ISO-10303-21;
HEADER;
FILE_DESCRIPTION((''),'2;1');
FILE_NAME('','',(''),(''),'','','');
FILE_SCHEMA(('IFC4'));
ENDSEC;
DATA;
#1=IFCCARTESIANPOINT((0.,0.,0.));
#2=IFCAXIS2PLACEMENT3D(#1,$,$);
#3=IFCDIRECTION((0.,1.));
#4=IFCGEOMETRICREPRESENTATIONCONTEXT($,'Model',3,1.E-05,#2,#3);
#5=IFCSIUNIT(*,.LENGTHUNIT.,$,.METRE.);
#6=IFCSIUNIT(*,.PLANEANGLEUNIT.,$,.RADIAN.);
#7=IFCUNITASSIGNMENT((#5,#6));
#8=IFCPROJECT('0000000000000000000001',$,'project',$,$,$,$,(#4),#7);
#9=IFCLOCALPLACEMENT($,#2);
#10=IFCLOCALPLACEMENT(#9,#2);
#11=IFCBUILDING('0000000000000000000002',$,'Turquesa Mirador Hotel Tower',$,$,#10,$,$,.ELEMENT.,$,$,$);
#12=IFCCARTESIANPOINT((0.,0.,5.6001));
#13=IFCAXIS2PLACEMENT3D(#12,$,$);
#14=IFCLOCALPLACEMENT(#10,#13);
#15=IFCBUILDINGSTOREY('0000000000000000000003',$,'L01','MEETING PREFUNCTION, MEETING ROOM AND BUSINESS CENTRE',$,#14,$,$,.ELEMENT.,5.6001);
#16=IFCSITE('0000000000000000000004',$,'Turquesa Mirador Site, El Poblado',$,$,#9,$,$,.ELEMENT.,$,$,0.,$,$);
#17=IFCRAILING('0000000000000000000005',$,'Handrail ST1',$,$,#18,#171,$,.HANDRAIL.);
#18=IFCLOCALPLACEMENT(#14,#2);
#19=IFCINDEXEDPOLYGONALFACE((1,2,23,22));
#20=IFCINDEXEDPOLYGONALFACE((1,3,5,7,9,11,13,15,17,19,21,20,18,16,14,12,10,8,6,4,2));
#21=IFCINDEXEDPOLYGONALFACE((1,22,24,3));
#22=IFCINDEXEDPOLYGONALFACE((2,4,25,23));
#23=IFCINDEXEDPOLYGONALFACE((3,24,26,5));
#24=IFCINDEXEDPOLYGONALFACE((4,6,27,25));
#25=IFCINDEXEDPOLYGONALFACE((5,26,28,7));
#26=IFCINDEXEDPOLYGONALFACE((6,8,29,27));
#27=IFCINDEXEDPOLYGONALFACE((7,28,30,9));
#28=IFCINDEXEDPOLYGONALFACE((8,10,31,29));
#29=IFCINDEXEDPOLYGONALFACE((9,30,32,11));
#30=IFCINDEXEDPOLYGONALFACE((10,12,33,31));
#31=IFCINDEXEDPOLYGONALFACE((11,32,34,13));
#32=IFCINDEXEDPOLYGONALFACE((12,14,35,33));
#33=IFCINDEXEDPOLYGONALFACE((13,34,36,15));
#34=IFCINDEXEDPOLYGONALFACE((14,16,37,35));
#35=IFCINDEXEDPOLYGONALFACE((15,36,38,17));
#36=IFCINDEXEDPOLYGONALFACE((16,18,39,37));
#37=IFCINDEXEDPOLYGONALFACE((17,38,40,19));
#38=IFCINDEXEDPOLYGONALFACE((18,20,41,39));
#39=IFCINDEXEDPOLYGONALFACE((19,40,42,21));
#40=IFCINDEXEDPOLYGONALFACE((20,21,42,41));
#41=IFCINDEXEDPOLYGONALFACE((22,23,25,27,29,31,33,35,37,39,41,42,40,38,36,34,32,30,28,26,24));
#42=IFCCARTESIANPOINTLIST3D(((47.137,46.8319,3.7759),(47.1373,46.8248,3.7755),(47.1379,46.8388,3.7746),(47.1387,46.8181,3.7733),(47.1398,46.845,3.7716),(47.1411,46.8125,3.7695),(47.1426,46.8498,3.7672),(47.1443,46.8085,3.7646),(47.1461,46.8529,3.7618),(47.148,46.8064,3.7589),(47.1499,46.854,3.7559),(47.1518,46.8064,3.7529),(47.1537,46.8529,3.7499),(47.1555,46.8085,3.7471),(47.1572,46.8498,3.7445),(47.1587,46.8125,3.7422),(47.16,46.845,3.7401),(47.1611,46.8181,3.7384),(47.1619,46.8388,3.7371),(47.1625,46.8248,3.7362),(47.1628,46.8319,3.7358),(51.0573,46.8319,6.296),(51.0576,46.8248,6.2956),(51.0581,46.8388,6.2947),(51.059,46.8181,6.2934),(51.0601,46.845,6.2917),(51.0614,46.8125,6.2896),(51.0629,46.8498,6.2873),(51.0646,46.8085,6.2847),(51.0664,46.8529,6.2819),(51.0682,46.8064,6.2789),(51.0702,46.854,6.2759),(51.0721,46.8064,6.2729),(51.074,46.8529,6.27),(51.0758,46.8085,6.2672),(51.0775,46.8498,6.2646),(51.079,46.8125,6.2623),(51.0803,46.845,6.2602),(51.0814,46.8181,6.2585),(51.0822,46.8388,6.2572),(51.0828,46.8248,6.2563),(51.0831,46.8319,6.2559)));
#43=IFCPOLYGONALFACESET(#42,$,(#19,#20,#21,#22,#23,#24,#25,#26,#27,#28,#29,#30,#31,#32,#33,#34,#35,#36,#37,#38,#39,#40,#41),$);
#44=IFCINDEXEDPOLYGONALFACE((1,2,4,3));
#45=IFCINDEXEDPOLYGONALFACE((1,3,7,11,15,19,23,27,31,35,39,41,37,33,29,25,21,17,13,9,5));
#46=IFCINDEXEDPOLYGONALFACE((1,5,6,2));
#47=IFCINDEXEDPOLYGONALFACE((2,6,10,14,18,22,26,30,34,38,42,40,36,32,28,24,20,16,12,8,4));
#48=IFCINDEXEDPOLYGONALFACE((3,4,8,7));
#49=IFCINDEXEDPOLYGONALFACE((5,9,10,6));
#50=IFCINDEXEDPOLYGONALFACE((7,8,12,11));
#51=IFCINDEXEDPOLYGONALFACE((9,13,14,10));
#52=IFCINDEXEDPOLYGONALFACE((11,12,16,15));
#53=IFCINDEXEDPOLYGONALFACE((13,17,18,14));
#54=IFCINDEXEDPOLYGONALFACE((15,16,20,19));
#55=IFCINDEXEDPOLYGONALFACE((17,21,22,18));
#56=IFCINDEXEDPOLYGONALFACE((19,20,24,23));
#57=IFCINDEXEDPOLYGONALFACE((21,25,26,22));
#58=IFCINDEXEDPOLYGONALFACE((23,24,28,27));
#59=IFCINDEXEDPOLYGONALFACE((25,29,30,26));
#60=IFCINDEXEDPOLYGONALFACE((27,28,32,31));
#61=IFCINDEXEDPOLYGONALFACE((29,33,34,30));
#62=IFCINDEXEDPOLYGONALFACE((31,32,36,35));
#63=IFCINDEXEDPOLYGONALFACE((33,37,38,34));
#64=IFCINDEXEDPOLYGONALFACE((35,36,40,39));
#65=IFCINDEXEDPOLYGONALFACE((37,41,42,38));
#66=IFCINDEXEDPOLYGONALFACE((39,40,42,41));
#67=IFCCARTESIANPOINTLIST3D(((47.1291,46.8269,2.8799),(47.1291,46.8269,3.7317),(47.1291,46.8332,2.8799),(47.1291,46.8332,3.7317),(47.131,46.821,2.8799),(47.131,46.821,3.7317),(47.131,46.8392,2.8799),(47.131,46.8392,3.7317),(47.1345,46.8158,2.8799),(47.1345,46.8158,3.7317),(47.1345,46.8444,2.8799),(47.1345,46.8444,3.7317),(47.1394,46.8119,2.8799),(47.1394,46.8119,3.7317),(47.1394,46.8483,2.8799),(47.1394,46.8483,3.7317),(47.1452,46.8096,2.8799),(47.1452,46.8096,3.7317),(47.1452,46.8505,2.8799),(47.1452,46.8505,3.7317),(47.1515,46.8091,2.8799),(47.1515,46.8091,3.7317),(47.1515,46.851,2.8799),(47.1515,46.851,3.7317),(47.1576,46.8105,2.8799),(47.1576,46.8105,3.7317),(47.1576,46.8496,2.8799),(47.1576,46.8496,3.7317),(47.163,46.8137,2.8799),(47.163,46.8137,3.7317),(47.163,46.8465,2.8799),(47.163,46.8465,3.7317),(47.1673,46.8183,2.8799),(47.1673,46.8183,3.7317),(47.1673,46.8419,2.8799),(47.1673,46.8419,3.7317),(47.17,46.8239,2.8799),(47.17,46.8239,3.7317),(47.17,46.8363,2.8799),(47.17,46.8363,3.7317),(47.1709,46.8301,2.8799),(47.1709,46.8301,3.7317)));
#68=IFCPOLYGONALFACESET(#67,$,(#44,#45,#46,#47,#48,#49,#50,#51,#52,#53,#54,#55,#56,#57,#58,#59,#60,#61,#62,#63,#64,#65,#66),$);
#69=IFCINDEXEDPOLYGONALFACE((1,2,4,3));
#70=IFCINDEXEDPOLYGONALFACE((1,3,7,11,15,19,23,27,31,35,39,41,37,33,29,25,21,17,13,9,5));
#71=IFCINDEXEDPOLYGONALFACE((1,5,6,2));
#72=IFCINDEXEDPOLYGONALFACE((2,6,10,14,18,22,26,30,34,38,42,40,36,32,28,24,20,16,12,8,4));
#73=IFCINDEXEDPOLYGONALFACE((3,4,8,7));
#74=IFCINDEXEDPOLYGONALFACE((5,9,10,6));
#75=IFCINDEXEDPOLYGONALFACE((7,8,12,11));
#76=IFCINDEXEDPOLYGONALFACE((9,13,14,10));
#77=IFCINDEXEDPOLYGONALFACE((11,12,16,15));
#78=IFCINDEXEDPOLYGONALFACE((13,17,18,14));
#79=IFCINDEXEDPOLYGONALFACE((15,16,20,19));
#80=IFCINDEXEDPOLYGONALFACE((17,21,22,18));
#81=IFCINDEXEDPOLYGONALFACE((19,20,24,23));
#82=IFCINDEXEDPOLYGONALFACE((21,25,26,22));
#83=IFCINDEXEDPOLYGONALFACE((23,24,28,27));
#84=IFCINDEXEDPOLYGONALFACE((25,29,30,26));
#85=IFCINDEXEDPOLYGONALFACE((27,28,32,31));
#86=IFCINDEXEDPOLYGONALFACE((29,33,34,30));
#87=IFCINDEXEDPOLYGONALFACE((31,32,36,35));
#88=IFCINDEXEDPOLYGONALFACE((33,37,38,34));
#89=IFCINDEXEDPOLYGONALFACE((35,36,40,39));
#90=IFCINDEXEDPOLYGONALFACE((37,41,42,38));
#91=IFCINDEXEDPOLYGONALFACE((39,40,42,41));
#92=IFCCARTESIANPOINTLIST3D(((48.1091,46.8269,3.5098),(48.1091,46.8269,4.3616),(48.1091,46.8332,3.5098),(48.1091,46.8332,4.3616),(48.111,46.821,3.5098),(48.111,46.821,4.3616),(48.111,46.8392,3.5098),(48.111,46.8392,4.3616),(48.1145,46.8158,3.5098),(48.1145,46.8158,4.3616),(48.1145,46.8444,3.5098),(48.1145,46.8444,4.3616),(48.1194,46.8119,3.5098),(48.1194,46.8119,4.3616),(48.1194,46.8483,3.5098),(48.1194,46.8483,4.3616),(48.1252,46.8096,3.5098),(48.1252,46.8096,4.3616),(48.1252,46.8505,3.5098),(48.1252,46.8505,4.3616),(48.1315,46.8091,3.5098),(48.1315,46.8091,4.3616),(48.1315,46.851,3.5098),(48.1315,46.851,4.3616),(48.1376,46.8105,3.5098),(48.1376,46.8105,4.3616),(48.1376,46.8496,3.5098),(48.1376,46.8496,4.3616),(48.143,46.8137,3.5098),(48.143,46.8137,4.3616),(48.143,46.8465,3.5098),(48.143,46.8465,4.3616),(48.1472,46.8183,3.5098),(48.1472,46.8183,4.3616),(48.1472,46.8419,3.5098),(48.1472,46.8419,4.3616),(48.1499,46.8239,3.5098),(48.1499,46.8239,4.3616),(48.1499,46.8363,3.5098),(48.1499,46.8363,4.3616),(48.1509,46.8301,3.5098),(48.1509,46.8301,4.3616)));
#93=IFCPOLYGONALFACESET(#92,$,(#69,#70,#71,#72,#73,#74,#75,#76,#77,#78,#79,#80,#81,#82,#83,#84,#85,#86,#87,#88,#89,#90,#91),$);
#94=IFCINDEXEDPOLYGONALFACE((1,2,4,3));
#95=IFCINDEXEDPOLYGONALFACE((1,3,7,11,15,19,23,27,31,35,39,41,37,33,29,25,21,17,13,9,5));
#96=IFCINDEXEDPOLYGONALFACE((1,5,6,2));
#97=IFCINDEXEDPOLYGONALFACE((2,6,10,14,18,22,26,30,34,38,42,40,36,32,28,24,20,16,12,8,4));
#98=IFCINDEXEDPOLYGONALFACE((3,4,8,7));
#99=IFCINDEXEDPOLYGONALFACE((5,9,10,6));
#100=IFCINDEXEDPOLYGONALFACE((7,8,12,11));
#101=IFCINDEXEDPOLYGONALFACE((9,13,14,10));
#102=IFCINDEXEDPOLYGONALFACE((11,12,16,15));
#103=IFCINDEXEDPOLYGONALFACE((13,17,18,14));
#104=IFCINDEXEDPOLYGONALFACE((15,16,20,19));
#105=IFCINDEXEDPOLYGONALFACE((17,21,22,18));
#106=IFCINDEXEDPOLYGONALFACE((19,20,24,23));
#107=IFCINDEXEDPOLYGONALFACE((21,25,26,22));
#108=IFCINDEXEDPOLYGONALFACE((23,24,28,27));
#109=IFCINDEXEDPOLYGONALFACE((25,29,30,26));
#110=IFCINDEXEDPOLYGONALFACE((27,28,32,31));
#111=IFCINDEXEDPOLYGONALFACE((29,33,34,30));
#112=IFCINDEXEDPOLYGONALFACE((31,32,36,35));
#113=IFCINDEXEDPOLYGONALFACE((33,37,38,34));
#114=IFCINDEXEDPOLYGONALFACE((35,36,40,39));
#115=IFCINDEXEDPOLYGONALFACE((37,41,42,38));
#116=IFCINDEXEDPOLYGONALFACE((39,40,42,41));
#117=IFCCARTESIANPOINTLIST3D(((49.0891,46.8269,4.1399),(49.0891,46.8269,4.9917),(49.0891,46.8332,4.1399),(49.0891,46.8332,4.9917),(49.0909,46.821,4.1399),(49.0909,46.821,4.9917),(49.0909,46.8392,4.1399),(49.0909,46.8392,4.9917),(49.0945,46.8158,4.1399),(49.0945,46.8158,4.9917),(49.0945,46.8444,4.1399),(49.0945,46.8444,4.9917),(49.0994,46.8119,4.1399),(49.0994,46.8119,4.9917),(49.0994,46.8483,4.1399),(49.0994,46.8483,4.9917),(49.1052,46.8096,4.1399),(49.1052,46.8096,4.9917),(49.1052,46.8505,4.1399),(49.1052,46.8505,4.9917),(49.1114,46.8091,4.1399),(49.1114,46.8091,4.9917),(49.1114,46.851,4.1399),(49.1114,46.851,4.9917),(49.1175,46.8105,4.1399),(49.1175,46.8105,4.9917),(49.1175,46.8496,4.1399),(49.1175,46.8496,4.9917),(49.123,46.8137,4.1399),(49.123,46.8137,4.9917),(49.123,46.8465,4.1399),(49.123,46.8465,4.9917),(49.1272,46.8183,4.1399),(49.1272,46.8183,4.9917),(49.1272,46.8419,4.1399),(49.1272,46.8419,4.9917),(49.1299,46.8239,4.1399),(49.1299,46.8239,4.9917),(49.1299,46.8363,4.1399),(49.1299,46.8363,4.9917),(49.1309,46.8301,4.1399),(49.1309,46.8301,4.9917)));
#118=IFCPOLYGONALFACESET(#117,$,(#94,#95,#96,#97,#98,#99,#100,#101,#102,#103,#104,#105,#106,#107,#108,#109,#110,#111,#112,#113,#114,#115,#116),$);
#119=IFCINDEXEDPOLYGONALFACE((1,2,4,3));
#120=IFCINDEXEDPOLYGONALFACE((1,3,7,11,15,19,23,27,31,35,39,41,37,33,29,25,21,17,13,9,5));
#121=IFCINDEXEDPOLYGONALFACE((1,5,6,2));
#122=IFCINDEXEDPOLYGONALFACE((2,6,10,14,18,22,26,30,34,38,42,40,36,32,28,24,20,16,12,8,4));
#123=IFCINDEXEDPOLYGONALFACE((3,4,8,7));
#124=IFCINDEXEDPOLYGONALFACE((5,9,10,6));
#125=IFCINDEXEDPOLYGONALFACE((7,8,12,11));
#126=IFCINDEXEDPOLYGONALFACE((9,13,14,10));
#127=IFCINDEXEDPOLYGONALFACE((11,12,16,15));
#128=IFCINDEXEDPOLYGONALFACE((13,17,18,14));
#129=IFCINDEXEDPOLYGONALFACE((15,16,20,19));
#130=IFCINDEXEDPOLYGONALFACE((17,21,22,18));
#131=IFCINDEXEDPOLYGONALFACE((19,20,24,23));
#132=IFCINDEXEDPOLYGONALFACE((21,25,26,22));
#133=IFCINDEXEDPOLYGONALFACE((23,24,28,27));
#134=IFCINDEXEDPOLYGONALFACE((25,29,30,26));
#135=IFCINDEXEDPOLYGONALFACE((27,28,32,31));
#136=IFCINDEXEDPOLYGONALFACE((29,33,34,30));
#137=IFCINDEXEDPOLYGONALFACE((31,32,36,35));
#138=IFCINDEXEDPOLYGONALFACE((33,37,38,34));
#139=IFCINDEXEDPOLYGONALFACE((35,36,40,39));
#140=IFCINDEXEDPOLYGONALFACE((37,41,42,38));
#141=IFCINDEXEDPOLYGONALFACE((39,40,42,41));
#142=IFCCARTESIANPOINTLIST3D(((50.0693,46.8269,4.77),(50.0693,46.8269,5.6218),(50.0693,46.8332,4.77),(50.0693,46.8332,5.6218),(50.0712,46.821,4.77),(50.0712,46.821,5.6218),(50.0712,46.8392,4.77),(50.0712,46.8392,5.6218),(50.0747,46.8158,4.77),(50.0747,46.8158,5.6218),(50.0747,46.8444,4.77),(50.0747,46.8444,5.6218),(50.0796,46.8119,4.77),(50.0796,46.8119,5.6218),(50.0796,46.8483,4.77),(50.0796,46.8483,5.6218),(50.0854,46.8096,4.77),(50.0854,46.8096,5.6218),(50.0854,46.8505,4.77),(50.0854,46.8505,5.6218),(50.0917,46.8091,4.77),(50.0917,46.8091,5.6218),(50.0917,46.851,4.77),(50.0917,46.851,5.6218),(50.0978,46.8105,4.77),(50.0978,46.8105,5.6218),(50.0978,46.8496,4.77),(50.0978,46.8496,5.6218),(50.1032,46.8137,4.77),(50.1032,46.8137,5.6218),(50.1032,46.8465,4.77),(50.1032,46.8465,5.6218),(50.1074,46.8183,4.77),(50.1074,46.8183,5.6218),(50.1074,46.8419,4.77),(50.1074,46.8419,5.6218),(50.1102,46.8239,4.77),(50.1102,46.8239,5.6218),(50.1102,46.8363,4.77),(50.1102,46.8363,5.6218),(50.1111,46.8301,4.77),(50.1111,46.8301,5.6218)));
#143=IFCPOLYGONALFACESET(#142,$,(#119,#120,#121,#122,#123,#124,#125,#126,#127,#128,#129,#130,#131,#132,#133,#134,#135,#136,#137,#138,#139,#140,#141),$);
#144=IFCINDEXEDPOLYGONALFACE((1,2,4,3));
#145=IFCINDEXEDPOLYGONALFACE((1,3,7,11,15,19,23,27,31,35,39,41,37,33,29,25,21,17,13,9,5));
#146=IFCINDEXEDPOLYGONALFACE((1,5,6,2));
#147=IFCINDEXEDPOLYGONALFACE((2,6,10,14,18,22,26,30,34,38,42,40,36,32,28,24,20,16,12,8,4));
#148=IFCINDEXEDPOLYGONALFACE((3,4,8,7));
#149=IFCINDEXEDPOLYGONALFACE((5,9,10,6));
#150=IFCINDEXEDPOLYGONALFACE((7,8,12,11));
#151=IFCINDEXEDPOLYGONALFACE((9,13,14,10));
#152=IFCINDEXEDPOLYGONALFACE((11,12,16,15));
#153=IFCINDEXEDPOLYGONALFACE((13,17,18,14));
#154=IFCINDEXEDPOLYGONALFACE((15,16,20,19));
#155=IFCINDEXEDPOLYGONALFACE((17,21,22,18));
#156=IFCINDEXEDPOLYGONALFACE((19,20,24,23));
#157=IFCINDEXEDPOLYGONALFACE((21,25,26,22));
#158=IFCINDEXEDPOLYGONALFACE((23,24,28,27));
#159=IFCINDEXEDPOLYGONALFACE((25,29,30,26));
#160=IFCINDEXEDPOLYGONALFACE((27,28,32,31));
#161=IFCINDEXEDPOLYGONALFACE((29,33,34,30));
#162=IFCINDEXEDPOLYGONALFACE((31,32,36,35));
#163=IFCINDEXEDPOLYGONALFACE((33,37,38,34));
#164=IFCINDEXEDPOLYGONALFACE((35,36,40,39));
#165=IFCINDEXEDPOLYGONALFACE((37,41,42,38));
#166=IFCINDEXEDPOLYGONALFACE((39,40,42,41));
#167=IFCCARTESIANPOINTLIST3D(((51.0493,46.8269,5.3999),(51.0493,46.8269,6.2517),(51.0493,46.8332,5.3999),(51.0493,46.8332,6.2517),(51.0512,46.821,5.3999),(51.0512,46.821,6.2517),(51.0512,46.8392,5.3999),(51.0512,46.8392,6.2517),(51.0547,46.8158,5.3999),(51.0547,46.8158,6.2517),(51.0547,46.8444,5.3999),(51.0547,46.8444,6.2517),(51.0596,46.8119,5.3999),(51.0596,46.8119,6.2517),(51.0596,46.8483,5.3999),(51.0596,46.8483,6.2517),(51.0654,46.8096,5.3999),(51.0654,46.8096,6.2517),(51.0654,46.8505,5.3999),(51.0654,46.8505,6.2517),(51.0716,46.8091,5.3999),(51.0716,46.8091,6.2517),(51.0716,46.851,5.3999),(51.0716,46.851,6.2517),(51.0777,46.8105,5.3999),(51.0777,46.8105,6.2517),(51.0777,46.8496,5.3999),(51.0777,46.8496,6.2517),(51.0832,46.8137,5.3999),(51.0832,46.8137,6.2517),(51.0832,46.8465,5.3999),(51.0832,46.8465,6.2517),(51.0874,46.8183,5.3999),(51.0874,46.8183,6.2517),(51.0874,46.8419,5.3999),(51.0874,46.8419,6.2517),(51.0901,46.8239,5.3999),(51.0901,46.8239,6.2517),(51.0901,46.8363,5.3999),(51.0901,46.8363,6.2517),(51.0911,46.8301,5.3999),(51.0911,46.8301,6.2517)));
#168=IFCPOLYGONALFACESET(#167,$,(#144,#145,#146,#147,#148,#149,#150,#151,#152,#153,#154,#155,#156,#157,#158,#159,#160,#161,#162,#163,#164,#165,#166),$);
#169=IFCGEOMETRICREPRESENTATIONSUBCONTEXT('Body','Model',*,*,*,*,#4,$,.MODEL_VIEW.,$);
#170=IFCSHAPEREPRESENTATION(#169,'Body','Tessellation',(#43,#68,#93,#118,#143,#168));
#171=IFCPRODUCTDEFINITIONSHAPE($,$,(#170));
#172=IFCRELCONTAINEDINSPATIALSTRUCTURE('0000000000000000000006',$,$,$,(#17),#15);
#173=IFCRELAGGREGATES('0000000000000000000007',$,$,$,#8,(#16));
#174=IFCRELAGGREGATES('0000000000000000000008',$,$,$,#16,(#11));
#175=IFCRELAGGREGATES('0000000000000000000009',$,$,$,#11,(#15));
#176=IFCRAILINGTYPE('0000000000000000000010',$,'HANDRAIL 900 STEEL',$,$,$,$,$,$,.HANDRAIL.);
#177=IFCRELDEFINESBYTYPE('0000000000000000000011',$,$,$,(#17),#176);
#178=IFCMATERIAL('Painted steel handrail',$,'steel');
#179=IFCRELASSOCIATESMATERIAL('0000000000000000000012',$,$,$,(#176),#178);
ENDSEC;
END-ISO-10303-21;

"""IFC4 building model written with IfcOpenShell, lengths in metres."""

from ifc_helpers import new_model, si_unit, direction, frame, origin, origin_2d, place, context, subcontext, project, spatial, circle, extrude, material, type_object, element, save


model = new_model("IFC4")

# Units and contexts
model_context = context("Model", 3, precision=1e-05, world=origin(), true_north=direction((0.0, 1.0)))
body_context = subcontext(model_context, "Body", "Model", "MODEL_VIEW")
ifc_project = project(units=[si_unit("LENGTHUNIT", "METRE"), si_unit("PLANEANGLEUNIT", "RADIAN")], contexts=[model_context])

# Site, building, storey
site_placement = place(None, origin())
site = spatial("IfcSite", under=ifc_project, at=site_placement, Name="Turquesa Mirador Site, El Poblado", CompositionType="ELEMENT", RefElevation=0.0)
building_placement = place(site_placement, origin())
building = spatial("IfcBuilding", under=site, at=building_placement, Name="Turquesa Mirador Hotel Tower", CompositionType="ELEMENT")
storey_placement = place(building_placement, frame((0.0, 0.0, 5.6001)))
storey = spatial("IfcBuildingStorey", under=building, at=storey_placement, Name="L01", Description="MEETING PREFUNCTION, MEETING ROOM AND BUSINESS CENTRE", CompositionType="ELEMENT", Elevation=5.6001)

# Railing
ifc_material_1 = material(Name="Painted steel handrail", Category="steel")
railing_type = type_object("IfcRailingType", Name="HANDRAIL 900 STEEL", PredefinedType="HANDRAIL", material=ifc_material_1)
railing_1_placement = place(storey_placement, frame((47.1499, 46.8301, 2.8799)))
element("IfcRailing", 1, at=railing_1_placement, inside=storey, type_object=railing_type, Name="Handrail ST1", PredefinedType="HANDRAIL", context=body_context, shape_type="SweptSolid", body=[
    extrude(circle(Radius=0.0239, at=origin_2d()), frame((0.0, 0.0, 0.876), z_axis=(0.841187, 0.0, 0.540744), x_axis=(0.0, 1.0, 0.0)), (0.0, 0.0, 1.0), 4.6604),
    extrude(circle(Radius=0.021, at=origin_2d()), origin(), (0.0, 0.0, 1.0), 0.8518),
    extrude(circle(Radius=0.021, at=origin_2d()), frame((0.98, 0.0, 0.6299)), (0.0, 0.0, 1.0), 0.8518),
    extrude(circle(Radius=0.021, at=origin_2d()), frame((1.96, 0.0, 1.26)), (0.0, 0.0, 1.0), 0.8518),
    extrude(circle(Radius=0.021, at=origin_2d()), frame((2.9402, 0.0, 1.8901)), (0.0, 0.0, 1.0), 0.8518),
    extrude(circle(Radius=0.021, at=origin_2d()), frame((3.9202, 0.0, 2.52)), (0.0, 0.0, 1.0), 0.8518),
])

save(model, "model.ifc")
